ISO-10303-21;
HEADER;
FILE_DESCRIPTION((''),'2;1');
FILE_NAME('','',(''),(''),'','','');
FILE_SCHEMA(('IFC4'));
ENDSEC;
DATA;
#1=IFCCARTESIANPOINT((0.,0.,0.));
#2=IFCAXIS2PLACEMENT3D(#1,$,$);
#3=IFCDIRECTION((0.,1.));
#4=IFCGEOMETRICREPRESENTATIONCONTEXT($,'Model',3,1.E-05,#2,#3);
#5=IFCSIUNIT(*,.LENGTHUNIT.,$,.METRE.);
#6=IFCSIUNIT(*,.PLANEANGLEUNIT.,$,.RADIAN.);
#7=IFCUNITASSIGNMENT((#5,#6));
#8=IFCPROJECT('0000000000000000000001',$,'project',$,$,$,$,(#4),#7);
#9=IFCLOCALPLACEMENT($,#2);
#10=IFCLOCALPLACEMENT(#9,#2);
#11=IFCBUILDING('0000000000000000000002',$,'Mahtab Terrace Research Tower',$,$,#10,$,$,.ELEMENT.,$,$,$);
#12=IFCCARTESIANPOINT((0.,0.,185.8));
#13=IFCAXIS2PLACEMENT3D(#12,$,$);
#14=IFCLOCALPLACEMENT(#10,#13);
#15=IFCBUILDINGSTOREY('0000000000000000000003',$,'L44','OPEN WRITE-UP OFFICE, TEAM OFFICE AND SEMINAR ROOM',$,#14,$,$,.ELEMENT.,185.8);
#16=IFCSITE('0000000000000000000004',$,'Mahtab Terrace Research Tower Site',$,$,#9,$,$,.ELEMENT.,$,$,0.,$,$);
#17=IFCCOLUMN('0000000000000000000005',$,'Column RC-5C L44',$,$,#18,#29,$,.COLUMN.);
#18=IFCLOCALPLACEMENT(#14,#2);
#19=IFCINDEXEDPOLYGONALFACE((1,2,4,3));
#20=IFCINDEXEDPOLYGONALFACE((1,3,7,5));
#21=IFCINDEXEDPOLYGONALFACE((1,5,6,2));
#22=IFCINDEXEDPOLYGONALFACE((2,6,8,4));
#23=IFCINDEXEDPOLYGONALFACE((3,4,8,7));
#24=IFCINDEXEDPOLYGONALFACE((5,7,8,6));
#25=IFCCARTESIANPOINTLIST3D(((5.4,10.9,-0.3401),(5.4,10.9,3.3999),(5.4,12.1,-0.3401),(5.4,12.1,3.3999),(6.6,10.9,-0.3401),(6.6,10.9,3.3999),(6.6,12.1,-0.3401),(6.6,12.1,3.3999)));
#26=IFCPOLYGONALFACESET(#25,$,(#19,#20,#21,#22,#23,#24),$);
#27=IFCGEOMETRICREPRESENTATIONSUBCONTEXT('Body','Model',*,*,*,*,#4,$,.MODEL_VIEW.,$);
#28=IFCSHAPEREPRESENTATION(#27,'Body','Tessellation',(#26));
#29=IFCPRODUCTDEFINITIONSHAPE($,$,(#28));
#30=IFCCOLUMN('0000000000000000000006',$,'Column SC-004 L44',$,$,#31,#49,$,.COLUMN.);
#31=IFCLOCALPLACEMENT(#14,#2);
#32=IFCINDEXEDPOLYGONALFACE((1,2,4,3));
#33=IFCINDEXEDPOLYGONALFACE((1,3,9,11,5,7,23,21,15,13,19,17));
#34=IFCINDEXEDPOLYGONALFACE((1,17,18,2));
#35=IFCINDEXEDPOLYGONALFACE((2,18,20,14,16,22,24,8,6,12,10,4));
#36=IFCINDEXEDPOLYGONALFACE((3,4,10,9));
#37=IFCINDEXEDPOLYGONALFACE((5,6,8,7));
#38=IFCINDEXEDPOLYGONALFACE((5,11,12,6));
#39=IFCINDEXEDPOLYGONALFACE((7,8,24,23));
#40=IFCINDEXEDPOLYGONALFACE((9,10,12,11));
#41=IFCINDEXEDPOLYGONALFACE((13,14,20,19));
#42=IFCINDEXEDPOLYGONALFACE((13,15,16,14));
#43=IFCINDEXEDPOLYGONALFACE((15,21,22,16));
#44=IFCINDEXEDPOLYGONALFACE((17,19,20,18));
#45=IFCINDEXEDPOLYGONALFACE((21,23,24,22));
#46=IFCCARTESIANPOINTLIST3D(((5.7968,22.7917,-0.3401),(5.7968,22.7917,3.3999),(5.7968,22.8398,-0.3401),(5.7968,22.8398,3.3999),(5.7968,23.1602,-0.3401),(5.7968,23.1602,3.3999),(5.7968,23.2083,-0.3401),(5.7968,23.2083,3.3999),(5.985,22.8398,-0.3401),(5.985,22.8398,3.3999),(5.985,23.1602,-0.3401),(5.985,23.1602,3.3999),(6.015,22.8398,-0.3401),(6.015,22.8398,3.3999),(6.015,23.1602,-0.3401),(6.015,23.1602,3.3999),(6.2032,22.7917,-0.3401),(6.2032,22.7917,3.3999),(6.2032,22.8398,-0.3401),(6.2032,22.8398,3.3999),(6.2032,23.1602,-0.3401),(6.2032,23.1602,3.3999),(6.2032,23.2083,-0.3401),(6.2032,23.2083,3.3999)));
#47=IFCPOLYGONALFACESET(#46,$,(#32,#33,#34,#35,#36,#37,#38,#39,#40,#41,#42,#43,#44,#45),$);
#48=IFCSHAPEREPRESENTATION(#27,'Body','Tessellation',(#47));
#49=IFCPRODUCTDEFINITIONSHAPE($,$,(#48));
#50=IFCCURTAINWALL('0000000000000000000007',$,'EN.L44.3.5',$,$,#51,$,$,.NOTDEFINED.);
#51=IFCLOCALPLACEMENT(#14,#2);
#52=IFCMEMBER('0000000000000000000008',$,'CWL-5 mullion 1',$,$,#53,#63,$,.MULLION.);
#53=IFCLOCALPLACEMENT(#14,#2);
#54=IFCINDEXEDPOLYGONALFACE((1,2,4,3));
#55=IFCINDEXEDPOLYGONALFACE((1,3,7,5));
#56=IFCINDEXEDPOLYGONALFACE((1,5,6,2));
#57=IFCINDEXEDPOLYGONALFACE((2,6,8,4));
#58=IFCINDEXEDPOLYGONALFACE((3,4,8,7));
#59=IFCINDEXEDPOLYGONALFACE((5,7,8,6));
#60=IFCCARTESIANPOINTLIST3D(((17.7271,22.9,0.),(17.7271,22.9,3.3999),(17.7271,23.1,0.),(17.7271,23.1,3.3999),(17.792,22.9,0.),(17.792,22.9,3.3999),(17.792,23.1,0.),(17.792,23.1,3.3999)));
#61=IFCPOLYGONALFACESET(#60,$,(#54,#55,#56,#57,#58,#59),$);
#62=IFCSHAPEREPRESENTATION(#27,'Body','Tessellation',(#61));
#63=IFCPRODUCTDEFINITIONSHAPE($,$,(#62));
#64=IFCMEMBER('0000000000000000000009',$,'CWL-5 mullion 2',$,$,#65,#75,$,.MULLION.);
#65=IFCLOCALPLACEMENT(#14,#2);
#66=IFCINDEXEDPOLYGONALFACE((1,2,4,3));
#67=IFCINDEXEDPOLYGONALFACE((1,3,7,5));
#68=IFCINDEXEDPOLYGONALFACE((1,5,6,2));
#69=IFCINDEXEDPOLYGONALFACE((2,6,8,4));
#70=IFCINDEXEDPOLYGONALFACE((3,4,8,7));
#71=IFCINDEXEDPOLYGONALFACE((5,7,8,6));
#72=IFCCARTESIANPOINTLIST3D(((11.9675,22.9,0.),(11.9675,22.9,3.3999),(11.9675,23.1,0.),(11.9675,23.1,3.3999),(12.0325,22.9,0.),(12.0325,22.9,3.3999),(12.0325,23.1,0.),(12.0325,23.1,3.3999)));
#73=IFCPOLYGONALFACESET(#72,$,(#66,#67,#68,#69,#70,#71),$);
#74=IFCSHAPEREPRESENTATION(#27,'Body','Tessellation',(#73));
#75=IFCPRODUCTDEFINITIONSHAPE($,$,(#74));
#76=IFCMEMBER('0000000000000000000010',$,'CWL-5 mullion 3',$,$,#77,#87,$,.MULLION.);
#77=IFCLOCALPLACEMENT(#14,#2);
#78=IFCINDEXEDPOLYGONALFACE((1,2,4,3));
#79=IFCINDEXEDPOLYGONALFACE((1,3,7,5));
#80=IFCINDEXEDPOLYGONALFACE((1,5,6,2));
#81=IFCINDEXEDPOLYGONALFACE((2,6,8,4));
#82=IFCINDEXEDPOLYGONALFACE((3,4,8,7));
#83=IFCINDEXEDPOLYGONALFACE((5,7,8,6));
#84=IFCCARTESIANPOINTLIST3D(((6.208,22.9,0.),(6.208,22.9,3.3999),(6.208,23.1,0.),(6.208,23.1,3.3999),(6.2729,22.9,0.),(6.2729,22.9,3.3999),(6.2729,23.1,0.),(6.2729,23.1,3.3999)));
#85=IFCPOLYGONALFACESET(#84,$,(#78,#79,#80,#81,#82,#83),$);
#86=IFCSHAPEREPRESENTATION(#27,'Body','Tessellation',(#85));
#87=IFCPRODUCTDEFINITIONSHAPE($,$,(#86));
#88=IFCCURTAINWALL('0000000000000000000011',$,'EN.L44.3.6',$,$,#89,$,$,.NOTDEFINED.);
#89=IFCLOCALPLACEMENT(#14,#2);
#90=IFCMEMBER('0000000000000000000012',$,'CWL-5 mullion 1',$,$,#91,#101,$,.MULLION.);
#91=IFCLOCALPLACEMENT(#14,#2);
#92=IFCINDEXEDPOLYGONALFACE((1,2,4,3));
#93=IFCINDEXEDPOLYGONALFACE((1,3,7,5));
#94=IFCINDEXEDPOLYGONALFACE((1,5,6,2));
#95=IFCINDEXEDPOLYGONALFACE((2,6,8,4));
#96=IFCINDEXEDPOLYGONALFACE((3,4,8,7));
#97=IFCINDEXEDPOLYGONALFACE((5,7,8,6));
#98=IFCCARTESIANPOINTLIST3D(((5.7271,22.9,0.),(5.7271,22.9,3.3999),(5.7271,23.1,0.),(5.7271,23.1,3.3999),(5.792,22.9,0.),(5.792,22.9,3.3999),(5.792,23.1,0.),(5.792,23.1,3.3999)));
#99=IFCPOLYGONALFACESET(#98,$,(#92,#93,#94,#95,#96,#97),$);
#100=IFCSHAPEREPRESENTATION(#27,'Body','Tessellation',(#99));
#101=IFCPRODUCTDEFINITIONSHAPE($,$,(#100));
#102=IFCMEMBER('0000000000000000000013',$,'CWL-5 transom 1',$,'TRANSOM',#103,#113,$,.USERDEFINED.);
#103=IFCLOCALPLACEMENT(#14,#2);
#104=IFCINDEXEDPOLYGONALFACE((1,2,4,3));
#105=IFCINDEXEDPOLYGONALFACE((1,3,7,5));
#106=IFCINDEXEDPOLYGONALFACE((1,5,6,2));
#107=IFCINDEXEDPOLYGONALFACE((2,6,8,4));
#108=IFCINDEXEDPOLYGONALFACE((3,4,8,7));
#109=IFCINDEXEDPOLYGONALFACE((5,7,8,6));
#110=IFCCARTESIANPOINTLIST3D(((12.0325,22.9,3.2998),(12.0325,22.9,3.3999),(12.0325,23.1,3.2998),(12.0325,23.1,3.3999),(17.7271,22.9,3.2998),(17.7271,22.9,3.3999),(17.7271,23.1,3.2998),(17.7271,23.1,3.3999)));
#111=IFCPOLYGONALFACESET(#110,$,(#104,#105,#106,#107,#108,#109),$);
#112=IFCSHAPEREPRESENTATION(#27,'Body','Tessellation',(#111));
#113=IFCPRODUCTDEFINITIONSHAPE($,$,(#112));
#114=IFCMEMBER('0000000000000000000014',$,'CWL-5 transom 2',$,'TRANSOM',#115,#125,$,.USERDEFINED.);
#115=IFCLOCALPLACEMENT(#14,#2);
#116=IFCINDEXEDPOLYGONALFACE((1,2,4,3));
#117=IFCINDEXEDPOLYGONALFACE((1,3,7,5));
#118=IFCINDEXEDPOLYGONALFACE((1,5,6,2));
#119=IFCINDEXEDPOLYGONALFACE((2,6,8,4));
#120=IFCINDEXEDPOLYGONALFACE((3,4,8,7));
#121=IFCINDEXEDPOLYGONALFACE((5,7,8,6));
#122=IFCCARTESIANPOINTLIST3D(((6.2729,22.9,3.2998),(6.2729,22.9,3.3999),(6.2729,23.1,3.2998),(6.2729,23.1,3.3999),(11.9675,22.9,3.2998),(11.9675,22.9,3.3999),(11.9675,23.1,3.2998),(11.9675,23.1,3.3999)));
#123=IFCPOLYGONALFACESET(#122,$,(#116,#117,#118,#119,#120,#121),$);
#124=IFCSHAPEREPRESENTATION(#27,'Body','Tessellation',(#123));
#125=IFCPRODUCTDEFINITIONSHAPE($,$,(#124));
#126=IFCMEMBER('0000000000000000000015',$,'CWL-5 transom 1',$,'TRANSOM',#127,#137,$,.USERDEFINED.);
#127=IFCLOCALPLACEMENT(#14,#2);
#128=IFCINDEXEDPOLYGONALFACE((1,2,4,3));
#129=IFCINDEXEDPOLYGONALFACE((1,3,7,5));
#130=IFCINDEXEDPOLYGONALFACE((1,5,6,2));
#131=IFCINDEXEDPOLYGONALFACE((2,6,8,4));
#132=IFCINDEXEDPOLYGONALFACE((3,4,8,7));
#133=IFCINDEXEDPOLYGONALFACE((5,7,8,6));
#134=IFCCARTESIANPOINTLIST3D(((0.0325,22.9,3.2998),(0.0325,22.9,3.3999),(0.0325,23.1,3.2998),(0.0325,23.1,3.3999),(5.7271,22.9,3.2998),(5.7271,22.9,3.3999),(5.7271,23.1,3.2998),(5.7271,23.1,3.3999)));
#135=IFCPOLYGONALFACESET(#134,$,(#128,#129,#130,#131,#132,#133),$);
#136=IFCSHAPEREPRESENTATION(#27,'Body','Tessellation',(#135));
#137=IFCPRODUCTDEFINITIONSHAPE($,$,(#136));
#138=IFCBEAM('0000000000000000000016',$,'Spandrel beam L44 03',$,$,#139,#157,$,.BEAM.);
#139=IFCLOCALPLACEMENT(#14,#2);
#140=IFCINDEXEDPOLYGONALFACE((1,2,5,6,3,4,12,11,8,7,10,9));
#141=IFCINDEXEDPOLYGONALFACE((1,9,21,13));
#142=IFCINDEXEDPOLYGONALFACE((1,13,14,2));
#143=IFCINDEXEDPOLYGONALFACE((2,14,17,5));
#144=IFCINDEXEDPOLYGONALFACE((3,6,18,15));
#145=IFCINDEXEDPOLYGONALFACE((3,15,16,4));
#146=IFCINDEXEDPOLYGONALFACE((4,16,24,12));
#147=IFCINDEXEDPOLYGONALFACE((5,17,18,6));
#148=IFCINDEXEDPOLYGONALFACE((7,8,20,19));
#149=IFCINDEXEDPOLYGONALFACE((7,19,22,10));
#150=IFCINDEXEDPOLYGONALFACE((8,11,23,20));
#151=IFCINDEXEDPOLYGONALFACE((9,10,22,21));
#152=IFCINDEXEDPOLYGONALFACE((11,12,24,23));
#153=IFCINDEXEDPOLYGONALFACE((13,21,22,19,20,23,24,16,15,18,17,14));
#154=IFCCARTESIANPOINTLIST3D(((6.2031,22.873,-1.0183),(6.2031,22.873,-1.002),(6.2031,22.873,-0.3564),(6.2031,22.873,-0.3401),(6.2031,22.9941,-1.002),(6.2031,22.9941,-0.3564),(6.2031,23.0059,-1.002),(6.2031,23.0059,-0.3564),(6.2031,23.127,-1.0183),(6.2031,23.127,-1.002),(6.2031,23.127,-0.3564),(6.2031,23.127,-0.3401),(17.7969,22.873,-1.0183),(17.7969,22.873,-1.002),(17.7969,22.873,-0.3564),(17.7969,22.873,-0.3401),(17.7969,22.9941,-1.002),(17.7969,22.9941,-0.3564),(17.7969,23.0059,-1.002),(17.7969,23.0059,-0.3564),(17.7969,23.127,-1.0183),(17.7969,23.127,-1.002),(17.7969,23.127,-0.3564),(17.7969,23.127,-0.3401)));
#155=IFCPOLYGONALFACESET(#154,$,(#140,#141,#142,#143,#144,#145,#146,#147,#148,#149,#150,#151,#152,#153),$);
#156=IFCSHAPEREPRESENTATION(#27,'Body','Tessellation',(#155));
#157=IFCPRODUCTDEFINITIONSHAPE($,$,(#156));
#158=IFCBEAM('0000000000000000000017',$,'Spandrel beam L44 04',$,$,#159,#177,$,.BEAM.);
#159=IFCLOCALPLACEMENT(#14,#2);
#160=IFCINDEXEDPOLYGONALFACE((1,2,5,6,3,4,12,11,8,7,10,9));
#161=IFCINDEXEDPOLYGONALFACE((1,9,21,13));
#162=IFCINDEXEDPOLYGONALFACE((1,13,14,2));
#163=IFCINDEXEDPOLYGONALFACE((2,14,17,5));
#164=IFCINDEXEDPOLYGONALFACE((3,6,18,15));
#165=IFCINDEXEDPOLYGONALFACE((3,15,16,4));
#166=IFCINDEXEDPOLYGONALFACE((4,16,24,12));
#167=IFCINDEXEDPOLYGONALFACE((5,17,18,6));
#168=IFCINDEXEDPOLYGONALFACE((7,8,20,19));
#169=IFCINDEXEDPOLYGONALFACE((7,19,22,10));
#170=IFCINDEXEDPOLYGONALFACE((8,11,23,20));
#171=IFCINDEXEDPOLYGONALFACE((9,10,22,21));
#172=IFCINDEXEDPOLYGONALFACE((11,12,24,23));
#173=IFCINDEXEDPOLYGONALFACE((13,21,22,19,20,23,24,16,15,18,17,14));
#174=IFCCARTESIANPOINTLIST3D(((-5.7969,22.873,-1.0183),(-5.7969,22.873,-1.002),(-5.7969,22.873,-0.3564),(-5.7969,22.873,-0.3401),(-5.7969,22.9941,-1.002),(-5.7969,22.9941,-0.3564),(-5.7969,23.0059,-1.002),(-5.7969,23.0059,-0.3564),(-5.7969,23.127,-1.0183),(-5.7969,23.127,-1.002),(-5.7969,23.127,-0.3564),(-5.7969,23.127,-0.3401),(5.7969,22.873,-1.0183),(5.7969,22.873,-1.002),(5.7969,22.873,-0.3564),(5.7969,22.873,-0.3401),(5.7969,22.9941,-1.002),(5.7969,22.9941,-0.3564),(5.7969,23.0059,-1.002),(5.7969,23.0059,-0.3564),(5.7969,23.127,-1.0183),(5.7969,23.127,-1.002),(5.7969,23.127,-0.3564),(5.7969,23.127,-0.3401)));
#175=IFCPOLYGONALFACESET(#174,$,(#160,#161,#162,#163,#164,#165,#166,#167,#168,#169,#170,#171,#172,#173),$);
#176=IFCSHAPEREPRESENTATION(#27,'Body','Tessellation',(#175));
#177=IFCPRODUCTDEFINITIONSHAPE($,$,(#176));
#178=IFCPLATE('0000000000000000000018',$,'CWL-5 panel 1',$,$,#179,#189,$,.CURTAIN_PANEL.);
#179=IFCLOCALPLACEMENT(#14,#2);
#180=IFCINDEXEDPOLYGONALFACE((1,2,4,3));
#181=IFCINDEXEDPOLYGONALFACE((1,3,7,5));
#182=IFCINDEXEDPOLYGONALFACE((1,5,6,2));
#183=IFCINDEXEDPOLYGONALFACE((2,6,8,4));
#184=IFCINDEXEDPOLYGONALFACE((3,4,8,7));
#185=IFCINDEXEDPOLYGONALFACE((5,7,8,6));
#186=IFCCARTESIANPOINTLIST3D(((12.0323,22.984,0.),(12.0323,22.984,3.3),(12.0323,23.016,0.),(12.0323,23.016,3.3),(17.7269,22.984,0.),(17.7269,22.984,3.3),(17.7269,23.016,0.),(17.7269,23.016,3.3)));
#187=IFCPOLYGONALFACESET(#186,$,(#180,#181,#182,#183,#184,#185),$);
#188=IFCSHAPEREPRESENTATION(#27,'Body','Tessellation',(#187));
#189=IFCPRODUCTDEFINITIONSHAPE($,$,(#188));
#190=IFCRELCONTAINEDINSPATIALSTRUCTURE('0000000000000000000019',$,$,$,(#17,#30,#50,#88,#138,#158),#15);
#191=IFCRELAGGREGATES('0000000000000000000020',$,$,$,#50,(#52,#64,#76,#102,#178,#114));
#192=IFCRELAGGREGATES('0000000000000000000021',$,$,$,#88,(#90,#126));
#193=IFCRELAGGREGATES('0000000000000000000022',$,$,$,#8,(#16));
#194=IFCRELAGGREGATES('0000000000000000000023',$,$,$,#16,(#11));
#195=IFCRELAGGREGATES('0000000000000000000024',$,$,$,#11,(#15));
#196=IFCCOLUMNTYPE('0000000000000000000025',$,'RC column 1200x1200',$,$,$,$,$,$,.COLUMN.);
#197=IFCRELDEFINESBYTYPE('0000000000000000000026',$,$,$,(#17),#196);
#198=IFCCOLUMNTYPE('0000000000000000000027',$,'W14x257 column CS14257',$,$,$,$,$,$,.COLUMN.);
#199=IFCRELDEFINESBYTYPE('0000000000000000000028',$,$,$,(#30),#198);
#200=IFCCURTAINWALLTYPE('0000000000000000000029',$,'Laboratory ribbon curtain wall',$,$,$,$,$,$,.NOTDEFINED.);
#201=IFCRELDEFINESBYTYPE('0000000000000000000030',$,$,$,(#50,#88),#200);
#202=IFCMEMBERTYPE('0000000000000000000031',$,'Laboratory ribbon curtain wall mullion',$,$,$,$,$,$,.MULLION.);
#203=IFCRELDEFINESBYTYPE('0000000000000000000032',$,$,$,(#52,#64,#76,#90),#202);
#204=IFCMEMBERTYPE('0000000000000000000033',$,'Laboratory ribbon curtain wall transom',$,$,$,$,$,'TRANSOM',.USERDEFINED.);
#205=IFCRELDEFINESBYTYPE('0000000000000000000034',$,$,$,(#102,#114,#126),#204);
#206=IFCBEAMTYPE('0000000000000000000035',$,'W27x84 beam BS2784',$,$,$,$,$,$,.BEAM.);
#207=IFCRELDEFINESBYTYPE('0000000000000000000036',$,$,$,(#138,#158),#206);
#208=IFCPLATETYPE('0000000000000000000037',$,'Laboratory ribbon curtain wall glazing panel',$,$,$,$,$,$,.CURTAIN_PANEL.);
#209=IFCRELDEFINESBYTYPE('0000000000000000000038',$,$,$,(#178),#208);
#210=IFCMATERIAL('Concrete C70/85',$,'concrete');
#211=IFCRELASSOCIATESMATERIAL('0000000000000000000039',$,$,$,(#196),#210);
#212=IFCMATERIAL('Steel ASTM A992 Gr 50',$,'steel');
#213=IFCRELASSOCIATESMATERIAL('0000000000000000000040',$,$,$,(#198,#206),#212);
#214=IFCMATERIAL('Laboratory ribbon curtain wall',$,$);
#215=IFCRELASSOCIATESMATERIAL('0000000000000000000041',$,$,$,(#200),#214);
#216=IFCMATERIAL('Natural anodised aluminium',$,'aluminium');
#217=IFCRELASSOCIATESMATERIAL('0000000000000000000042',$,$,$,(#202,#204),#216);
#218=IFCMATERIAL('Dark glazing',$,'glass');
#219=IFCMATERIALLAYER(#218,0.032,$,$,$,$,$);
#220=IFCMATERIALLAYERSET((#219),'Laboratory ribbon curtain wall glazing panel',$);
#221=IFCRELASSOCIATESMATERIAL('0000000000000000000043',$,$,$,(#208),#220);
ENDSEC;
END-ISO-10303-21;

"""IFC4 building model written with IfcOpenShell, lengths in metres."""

from ifc_helpers import new_model, si_unit, direction, frame, origin, origin_2d, place, context, subcontext, project, spatial, rectangle, i_section, extrude, material, layer, layer_set, material_profile, profile_set, type_object, element, aggregate, save


model = new_model("IFC4")

# Units and contexts
model_context = context("Model", 3, precision=1e-05, world=origin(), true_north=direction((0.0, 1.0)))
body_context = subcontext(model_context, "Body", "Model", "MODEL_VIEW")
ifc_project = project(units=[si_unit("LENGTHUNIT", "METRE"), si_unit("PLANEANGLEUNIT", "RADIAN")], contexts=[model_context])

# Site, building, storey
site_placement = place(None, origin())
site = spatial("IfcSite", under=ifc_project, at=site_placement, Name="Mahtab Terrace Research Tower Site", CompositionType="ELEMENT", RefElevation=0.0)
building_placement = place(site_placement, origin())
building = spatial("IfcBuilding", under=site, at=building_placement, Name="Mahtab Terrace Research Tower", CompositionType="ELEMENT")
storey_placement = place(building_placement, frame((0.0, 0.0, 185.8)))
storey = spatial("IfcBuildingStorey", under=building, at=storey_placement, Name="L44", Description="OPEN WRITE-UP OFFICE, TEAM OFFICE AND SEMINAR ROOM", CompositionType="ELEMENT", Elevation=185.8)

# Columns
ifc_material_1 = material(Name="Concrete C70/85", Category="concrete")
ifc_material_profile_1 = material_profile(ifc_material_1, rectangle(XDim=1.2, YDim=1.2, at=origin_2d()), Name="RC column 1200x1200")
ifc_profile_set_1 = profile_set([ifc_material_profile_1], Name="Concrete C70/85")
column_type_1 = type_object("IfcColumnType", Name="RC column 1200x1200", PredefinedType="COLUMN", material=ifc_profile_set_1)
column_1_placement = place(storey_placement, frame((6.0, 11.5, -0.3401), z_axis=(0.0, 0.0, 1.0), x_axis=(1.0, 0.0, 0.0)))
element("IfcColumn", 1, at=column_1_placement, inside=storey, type_object=column_type_1, Name="Column RC-5C L44", PredefinedType="COLUMN", context=body_context, shape_type="SweptSolid", body=[
    extrude(rectangle(XDim=1.2, YDim=1.2, at=origin_2d()), origin(), (0.0, 0.0, 1.0), 3.74),
])
ifc_material_2 = material(Name="Steel ASTM A992 Gr 50", Category="steel")
ifc_material_profile_2 = material_profile(ifc_material_2, i_section(OverallWidth=0.4065, OverallDepth=0.4165, WebThickness=0.03, FlangeThickness=0.0481, at=origin_2d()), Name="W14X257")
ifc_profile_set_2 = profile_set([ifc_material_profile_2], Name="Steel ASTM A992 Gr 50")
column_type_2 = type_object("IfcColumnType", Name="W14x257 column CS14257", PredefinedType="COLUMN", material=ifc_profile_set_2)
column_2_placement = place(storey_placement, frame((6.0, 23.0, -0.3401), z_axis=(0.0, 0.0, 1.0), x_axis=(1.0, 0.0, 0.0)))
element("IfcColumn", 2, at=column_2_placement, inside=storey, type_object=column_type_2, Name="Column SC-004 L44", PredefinedType="COLUMN", context=body_context, shape_type="SweptSolid", body=[
    extrude(i_section(OverallWidth=0.4065, OverallDepth=0.4165, WebThickness=0.03, FlangeThickness=0.0481, at=origin_2d()), origin(), (0.0, 0.0, 1.0), 3.74),
])

# Curtain wall, members
ifc_material_3 = material(Name="Laboratory ribbon curtain wall")
curtain_wall_type = type_object("IfcCurtainWallType", Name="Laboratory ribbon curtain wall", PredefinedType="NOTDEFINED", material=ifc_material_3)
curtain_wall_1_placement = place(storey_placement, origin())
curtain_wall_1 = element("IfcCurtainWall", 3, at=curtain_wall_1_placement, inside=storey, type_object=curtain_wall_type, Name="EN.L44.3.5", PredefinedType="NOTDEFINED")
ifc_material_4 = material(Name="Natural anodised aluminium", Category="aluminium")
ifc_material_profile_3 = material_profile(ifc_material_4, rectangle(XDim=0.2, YDim=0.0649, at=origin_2d()), Name="MULLION 65x200")
ifc_profile_set_3 = profile_set([ifc_material_profile_3], Name="Natural anodised aluminium")
member_type_1 = type_object("IfcMemberType", Name="Laboratory ribbon curtain wall mullion", PredefinedType="MULLION", material=ifc_profile_set_3)
member_1_placement = place(storey_placement, frame((17.7595, 23.0, 0.0), z_axis=(0.0, 0.0, 1.0), x_axis=(0.0, -1.0, 0.0)))
member_1 = element("IfcMember", 4, at=member_1_placement, type_object=member_type_1, Name="CWL-5 mullion 1", PredefinedType="MULLION", context=body_context, shape_type="SweptSolid", body=[
    extrude(rectangle(XDim=0.2, YDim=0.0649, at=origin_2d()), origin(), (0.0, 0.0, 1.0), 3.3999),
])
member_2_placement = place(storey_placement, frame((12.0, 23.0, 0.0), z_axis=(0.0, 0.0, 1.0), x_axis=(0.0, -1.0, 0.0)))
member_2 = element("IfcMember", 5, at=member_2_placement, type_object=member_type_1, Name="CWL-5 mullion 2", PredefinedType="MULLION", context=body_context, shape_type="SweptSolid", body=[
    extrude(rectangle(XDim=0.2, YDim=0.0649, at=origin_2d()), origin(), (0.0, 0.0, 1.0), 3.3999),
])
member_3_placement = place(storey_placement, frame((6.2405, 23.0, 0.0), z_axis=(0.0, 0.0, 1.0), x_axis=(0.0, -1.0, 0.0)))
member_3 = element("IfcMember", 6, at=member_3_placement, type_object=member_type_1, Name="CWL-5 mullion 3", PredefinedType="MULLION", context=body_context, shape_type="SweptSolid", body=[
    extrude(rectangle(XDim=0.2, YDim=0.0649, at=origin_2d()), origin(), (0.0, 0.0, 1.0), 3.3999),
])

# Curtain wall, member
curtain_wall_2_placement = place(storey_placement, origin())
curtain_wall_2 = element("IfcCurtainWall", 7, at=curtain_wall_2_placement, inside=storey, type_object=curtain_wall_type, Name="EN.L44.3.6", PredefinedType="NOTDEFINED")
member_4_placement = place(storey_placement, frame((5.7595, 23.0, 0.0), z_axis=(0.0, 0.0, 1.0), x_axis=(0.0, -1.0, 0.0)))
member_4 = element("IfcMember", 8, at=member_4_placement, type_object=member_type_1, Name="CWL-5 mullion 1", PredefinedType="MULLION", context=body_context, shape_type="SweptSolid", body=[
    extrude(rectangle(XDim=0.2, YDim=0.0649, at=origin_2d()), origin(), (0.0, 0.0, 1.0), 3.3999),
])

# Members
ifc_material_profile_4 = material_profile(ifc_material_4, rectangle(XDim=0.2, YDim=0.1001, at=origin_2d()), Name="TRANSOM 100x200")
ifc_profile_set_4 = profile_set([ifc_material_profile_4], Name="Natural anodised aluminium")
member_type_2 = type_object("IfcMemberType", Name="Laboratory ribbon curtain wall transom", ElementType="TRANSOM", PredefinedType="USERDEFINED", material=ifc_profile_set_4)
member_5_placement = place(storey_placement, frame((17.7271, 23.0, 3.3499), z_axis=(-1.0, 0.0, 0.0), x_axis=(0.0, -1.0, 0.0)))
member_5 = element("IfcMember", 9, at=member_5_placement, type_object=member_type_2, Name="CWL-5 transom 1", ObjectType="TRANSOM", PredefinedType="USERDEFINED", context=body_context, shape_type="SweptSolid", body=[
    extrude(rectangle(XDim=0.2, YDim=0.1001, at=origin_2d()), origin(), (0.0, 0.0, 1.0), 5.6946),
])
member_6_placement = place(storey_placement, frame((11.9675, 23.0, 3.3499), z_axis=(-1.0, 0.0, 0.0), x_axis=(0.0, -1.0, 0.0)))
member_6 = element("IfcMember", 10, at=member_6_placement, type_object=member_type_2, Name="CWL-5 transom 2", ObjectType="TRANSOM", PredefinedType="USERDEFINED", context=body_context, shape_type="SweptSolid", body=[
    extrude(rectangle(XDim=0.2, YDim=0.1001, at=origin_2d()), origin(), (0.0, 0.0, 1.0), 5.6946),
])
member_7_placement = place(storey_placement, frame((5.7271, 23.0, 3.3499), z_axis=(-1.0, 0.0, 0.0), x_axis=(0.0, -1.0, 0.0)))
member_7 = element("IfcMember", 11, at=member_7_placement, type_object=member_type_2, Name="CWL-5 transom 1", ObjectType="TRANSOM", PredefinedType="USERDEFINED", context=body_context, shape_type="SweptSolid", body=[
    extrude(rectangle(XDim=0.2, YDim=0.1001, at=origin_2d()), origin(), (0.0, 0.0, 1.0), 5.6946),
])

# Beams
ifc_material_profile_5 = material_profile(ifc_material_2, i_section(OverallWidth=0.2539, OverallDepth=0.6782, WebThickness=0.0117, FlangeThickness=0.0164, at=origin_2d()), Name="W27X84")
ifc_profile_set_5 = profile_set([ifc_material_profile_5], Name="Steel ASTM A992 Gr 50")
beam_type = type_object("IfcBeamType", Name="W27x84 beam BS2784", PredefinedType="BEAM", material=ifc_profile_set_5)
for number, where, z_axis, x_axis, name in (
    (12, (17.7969, 23.0, -0.6792), (-1.0, 0.0, 0.0), (0.0, -1.0, 0.0), "Spandrel beam L44 03"),
    (13, (5.7969, 23.0, -0.6792), (-1.0, 0.0, 0.0), (0.0, -1.0, 0.0), "Spandrel beam L44 04"),
):
    element("IfcBeam", number, at=place(storey_placement, frame(where, z_axis=z_axis, x_axis=x_axis)), inside=storey, type_object=beam_type, Name=name, PredefinedType="BEAM", context=body_context, shape_type="SweptSolid", body=[
        extrude(i_section(OverallWidth=0.2539, OverallDepth=0.6782, WebThickness=0.0117, FlangeThickness=0.0164, at=origin_2d()), origin(), (0.0, 0.0, 1.0), 11.5938),
    ])

# Plate
ifc_material_5 = material(Name="Dark glazing", Category="glass")
ifc_layer_1 = layer(ifc_material_5, 0.032)
ifc_layer_set_1 = layer_set([ifc_layer_1], Name="Laboratory ribbon curtain wall glazing panel")
plate_type = type_object("IfcPlateType", Name="Laboratory ribbon curtain wall glazing panel", PredefinedType="CURTAIN_PANEL", material=ifc_layer_set_1)
plate_1_placement = place(storey_placement, frame((14.8796, 23.0, 0.0), z_axis=(0.0, 0.0, 1.0), x_axis=(-1.0, 0.0, 0.0)))
plate_1 = element("IfcPlate", 14, at=plate_1_placement, type_object=plate_type, Name="CWL-5 panel 1", PredefinedType="CURTAIN_PANEL", context=body_context, shape_type="SweptSolid", body=[
    extrude(rectangle(XDim=5.6946, YDim=0.032, at=origin_2d()), origin(), (0.0, 0.0, 1.0), 3.3),
])
aggregate(curtain_wall_1, [member_1, member_2, member_3, member_5, plate_1, member_6])
aggregate(curtain_wall_2, [member_4, member_7])

save(model, "model.ifc")
